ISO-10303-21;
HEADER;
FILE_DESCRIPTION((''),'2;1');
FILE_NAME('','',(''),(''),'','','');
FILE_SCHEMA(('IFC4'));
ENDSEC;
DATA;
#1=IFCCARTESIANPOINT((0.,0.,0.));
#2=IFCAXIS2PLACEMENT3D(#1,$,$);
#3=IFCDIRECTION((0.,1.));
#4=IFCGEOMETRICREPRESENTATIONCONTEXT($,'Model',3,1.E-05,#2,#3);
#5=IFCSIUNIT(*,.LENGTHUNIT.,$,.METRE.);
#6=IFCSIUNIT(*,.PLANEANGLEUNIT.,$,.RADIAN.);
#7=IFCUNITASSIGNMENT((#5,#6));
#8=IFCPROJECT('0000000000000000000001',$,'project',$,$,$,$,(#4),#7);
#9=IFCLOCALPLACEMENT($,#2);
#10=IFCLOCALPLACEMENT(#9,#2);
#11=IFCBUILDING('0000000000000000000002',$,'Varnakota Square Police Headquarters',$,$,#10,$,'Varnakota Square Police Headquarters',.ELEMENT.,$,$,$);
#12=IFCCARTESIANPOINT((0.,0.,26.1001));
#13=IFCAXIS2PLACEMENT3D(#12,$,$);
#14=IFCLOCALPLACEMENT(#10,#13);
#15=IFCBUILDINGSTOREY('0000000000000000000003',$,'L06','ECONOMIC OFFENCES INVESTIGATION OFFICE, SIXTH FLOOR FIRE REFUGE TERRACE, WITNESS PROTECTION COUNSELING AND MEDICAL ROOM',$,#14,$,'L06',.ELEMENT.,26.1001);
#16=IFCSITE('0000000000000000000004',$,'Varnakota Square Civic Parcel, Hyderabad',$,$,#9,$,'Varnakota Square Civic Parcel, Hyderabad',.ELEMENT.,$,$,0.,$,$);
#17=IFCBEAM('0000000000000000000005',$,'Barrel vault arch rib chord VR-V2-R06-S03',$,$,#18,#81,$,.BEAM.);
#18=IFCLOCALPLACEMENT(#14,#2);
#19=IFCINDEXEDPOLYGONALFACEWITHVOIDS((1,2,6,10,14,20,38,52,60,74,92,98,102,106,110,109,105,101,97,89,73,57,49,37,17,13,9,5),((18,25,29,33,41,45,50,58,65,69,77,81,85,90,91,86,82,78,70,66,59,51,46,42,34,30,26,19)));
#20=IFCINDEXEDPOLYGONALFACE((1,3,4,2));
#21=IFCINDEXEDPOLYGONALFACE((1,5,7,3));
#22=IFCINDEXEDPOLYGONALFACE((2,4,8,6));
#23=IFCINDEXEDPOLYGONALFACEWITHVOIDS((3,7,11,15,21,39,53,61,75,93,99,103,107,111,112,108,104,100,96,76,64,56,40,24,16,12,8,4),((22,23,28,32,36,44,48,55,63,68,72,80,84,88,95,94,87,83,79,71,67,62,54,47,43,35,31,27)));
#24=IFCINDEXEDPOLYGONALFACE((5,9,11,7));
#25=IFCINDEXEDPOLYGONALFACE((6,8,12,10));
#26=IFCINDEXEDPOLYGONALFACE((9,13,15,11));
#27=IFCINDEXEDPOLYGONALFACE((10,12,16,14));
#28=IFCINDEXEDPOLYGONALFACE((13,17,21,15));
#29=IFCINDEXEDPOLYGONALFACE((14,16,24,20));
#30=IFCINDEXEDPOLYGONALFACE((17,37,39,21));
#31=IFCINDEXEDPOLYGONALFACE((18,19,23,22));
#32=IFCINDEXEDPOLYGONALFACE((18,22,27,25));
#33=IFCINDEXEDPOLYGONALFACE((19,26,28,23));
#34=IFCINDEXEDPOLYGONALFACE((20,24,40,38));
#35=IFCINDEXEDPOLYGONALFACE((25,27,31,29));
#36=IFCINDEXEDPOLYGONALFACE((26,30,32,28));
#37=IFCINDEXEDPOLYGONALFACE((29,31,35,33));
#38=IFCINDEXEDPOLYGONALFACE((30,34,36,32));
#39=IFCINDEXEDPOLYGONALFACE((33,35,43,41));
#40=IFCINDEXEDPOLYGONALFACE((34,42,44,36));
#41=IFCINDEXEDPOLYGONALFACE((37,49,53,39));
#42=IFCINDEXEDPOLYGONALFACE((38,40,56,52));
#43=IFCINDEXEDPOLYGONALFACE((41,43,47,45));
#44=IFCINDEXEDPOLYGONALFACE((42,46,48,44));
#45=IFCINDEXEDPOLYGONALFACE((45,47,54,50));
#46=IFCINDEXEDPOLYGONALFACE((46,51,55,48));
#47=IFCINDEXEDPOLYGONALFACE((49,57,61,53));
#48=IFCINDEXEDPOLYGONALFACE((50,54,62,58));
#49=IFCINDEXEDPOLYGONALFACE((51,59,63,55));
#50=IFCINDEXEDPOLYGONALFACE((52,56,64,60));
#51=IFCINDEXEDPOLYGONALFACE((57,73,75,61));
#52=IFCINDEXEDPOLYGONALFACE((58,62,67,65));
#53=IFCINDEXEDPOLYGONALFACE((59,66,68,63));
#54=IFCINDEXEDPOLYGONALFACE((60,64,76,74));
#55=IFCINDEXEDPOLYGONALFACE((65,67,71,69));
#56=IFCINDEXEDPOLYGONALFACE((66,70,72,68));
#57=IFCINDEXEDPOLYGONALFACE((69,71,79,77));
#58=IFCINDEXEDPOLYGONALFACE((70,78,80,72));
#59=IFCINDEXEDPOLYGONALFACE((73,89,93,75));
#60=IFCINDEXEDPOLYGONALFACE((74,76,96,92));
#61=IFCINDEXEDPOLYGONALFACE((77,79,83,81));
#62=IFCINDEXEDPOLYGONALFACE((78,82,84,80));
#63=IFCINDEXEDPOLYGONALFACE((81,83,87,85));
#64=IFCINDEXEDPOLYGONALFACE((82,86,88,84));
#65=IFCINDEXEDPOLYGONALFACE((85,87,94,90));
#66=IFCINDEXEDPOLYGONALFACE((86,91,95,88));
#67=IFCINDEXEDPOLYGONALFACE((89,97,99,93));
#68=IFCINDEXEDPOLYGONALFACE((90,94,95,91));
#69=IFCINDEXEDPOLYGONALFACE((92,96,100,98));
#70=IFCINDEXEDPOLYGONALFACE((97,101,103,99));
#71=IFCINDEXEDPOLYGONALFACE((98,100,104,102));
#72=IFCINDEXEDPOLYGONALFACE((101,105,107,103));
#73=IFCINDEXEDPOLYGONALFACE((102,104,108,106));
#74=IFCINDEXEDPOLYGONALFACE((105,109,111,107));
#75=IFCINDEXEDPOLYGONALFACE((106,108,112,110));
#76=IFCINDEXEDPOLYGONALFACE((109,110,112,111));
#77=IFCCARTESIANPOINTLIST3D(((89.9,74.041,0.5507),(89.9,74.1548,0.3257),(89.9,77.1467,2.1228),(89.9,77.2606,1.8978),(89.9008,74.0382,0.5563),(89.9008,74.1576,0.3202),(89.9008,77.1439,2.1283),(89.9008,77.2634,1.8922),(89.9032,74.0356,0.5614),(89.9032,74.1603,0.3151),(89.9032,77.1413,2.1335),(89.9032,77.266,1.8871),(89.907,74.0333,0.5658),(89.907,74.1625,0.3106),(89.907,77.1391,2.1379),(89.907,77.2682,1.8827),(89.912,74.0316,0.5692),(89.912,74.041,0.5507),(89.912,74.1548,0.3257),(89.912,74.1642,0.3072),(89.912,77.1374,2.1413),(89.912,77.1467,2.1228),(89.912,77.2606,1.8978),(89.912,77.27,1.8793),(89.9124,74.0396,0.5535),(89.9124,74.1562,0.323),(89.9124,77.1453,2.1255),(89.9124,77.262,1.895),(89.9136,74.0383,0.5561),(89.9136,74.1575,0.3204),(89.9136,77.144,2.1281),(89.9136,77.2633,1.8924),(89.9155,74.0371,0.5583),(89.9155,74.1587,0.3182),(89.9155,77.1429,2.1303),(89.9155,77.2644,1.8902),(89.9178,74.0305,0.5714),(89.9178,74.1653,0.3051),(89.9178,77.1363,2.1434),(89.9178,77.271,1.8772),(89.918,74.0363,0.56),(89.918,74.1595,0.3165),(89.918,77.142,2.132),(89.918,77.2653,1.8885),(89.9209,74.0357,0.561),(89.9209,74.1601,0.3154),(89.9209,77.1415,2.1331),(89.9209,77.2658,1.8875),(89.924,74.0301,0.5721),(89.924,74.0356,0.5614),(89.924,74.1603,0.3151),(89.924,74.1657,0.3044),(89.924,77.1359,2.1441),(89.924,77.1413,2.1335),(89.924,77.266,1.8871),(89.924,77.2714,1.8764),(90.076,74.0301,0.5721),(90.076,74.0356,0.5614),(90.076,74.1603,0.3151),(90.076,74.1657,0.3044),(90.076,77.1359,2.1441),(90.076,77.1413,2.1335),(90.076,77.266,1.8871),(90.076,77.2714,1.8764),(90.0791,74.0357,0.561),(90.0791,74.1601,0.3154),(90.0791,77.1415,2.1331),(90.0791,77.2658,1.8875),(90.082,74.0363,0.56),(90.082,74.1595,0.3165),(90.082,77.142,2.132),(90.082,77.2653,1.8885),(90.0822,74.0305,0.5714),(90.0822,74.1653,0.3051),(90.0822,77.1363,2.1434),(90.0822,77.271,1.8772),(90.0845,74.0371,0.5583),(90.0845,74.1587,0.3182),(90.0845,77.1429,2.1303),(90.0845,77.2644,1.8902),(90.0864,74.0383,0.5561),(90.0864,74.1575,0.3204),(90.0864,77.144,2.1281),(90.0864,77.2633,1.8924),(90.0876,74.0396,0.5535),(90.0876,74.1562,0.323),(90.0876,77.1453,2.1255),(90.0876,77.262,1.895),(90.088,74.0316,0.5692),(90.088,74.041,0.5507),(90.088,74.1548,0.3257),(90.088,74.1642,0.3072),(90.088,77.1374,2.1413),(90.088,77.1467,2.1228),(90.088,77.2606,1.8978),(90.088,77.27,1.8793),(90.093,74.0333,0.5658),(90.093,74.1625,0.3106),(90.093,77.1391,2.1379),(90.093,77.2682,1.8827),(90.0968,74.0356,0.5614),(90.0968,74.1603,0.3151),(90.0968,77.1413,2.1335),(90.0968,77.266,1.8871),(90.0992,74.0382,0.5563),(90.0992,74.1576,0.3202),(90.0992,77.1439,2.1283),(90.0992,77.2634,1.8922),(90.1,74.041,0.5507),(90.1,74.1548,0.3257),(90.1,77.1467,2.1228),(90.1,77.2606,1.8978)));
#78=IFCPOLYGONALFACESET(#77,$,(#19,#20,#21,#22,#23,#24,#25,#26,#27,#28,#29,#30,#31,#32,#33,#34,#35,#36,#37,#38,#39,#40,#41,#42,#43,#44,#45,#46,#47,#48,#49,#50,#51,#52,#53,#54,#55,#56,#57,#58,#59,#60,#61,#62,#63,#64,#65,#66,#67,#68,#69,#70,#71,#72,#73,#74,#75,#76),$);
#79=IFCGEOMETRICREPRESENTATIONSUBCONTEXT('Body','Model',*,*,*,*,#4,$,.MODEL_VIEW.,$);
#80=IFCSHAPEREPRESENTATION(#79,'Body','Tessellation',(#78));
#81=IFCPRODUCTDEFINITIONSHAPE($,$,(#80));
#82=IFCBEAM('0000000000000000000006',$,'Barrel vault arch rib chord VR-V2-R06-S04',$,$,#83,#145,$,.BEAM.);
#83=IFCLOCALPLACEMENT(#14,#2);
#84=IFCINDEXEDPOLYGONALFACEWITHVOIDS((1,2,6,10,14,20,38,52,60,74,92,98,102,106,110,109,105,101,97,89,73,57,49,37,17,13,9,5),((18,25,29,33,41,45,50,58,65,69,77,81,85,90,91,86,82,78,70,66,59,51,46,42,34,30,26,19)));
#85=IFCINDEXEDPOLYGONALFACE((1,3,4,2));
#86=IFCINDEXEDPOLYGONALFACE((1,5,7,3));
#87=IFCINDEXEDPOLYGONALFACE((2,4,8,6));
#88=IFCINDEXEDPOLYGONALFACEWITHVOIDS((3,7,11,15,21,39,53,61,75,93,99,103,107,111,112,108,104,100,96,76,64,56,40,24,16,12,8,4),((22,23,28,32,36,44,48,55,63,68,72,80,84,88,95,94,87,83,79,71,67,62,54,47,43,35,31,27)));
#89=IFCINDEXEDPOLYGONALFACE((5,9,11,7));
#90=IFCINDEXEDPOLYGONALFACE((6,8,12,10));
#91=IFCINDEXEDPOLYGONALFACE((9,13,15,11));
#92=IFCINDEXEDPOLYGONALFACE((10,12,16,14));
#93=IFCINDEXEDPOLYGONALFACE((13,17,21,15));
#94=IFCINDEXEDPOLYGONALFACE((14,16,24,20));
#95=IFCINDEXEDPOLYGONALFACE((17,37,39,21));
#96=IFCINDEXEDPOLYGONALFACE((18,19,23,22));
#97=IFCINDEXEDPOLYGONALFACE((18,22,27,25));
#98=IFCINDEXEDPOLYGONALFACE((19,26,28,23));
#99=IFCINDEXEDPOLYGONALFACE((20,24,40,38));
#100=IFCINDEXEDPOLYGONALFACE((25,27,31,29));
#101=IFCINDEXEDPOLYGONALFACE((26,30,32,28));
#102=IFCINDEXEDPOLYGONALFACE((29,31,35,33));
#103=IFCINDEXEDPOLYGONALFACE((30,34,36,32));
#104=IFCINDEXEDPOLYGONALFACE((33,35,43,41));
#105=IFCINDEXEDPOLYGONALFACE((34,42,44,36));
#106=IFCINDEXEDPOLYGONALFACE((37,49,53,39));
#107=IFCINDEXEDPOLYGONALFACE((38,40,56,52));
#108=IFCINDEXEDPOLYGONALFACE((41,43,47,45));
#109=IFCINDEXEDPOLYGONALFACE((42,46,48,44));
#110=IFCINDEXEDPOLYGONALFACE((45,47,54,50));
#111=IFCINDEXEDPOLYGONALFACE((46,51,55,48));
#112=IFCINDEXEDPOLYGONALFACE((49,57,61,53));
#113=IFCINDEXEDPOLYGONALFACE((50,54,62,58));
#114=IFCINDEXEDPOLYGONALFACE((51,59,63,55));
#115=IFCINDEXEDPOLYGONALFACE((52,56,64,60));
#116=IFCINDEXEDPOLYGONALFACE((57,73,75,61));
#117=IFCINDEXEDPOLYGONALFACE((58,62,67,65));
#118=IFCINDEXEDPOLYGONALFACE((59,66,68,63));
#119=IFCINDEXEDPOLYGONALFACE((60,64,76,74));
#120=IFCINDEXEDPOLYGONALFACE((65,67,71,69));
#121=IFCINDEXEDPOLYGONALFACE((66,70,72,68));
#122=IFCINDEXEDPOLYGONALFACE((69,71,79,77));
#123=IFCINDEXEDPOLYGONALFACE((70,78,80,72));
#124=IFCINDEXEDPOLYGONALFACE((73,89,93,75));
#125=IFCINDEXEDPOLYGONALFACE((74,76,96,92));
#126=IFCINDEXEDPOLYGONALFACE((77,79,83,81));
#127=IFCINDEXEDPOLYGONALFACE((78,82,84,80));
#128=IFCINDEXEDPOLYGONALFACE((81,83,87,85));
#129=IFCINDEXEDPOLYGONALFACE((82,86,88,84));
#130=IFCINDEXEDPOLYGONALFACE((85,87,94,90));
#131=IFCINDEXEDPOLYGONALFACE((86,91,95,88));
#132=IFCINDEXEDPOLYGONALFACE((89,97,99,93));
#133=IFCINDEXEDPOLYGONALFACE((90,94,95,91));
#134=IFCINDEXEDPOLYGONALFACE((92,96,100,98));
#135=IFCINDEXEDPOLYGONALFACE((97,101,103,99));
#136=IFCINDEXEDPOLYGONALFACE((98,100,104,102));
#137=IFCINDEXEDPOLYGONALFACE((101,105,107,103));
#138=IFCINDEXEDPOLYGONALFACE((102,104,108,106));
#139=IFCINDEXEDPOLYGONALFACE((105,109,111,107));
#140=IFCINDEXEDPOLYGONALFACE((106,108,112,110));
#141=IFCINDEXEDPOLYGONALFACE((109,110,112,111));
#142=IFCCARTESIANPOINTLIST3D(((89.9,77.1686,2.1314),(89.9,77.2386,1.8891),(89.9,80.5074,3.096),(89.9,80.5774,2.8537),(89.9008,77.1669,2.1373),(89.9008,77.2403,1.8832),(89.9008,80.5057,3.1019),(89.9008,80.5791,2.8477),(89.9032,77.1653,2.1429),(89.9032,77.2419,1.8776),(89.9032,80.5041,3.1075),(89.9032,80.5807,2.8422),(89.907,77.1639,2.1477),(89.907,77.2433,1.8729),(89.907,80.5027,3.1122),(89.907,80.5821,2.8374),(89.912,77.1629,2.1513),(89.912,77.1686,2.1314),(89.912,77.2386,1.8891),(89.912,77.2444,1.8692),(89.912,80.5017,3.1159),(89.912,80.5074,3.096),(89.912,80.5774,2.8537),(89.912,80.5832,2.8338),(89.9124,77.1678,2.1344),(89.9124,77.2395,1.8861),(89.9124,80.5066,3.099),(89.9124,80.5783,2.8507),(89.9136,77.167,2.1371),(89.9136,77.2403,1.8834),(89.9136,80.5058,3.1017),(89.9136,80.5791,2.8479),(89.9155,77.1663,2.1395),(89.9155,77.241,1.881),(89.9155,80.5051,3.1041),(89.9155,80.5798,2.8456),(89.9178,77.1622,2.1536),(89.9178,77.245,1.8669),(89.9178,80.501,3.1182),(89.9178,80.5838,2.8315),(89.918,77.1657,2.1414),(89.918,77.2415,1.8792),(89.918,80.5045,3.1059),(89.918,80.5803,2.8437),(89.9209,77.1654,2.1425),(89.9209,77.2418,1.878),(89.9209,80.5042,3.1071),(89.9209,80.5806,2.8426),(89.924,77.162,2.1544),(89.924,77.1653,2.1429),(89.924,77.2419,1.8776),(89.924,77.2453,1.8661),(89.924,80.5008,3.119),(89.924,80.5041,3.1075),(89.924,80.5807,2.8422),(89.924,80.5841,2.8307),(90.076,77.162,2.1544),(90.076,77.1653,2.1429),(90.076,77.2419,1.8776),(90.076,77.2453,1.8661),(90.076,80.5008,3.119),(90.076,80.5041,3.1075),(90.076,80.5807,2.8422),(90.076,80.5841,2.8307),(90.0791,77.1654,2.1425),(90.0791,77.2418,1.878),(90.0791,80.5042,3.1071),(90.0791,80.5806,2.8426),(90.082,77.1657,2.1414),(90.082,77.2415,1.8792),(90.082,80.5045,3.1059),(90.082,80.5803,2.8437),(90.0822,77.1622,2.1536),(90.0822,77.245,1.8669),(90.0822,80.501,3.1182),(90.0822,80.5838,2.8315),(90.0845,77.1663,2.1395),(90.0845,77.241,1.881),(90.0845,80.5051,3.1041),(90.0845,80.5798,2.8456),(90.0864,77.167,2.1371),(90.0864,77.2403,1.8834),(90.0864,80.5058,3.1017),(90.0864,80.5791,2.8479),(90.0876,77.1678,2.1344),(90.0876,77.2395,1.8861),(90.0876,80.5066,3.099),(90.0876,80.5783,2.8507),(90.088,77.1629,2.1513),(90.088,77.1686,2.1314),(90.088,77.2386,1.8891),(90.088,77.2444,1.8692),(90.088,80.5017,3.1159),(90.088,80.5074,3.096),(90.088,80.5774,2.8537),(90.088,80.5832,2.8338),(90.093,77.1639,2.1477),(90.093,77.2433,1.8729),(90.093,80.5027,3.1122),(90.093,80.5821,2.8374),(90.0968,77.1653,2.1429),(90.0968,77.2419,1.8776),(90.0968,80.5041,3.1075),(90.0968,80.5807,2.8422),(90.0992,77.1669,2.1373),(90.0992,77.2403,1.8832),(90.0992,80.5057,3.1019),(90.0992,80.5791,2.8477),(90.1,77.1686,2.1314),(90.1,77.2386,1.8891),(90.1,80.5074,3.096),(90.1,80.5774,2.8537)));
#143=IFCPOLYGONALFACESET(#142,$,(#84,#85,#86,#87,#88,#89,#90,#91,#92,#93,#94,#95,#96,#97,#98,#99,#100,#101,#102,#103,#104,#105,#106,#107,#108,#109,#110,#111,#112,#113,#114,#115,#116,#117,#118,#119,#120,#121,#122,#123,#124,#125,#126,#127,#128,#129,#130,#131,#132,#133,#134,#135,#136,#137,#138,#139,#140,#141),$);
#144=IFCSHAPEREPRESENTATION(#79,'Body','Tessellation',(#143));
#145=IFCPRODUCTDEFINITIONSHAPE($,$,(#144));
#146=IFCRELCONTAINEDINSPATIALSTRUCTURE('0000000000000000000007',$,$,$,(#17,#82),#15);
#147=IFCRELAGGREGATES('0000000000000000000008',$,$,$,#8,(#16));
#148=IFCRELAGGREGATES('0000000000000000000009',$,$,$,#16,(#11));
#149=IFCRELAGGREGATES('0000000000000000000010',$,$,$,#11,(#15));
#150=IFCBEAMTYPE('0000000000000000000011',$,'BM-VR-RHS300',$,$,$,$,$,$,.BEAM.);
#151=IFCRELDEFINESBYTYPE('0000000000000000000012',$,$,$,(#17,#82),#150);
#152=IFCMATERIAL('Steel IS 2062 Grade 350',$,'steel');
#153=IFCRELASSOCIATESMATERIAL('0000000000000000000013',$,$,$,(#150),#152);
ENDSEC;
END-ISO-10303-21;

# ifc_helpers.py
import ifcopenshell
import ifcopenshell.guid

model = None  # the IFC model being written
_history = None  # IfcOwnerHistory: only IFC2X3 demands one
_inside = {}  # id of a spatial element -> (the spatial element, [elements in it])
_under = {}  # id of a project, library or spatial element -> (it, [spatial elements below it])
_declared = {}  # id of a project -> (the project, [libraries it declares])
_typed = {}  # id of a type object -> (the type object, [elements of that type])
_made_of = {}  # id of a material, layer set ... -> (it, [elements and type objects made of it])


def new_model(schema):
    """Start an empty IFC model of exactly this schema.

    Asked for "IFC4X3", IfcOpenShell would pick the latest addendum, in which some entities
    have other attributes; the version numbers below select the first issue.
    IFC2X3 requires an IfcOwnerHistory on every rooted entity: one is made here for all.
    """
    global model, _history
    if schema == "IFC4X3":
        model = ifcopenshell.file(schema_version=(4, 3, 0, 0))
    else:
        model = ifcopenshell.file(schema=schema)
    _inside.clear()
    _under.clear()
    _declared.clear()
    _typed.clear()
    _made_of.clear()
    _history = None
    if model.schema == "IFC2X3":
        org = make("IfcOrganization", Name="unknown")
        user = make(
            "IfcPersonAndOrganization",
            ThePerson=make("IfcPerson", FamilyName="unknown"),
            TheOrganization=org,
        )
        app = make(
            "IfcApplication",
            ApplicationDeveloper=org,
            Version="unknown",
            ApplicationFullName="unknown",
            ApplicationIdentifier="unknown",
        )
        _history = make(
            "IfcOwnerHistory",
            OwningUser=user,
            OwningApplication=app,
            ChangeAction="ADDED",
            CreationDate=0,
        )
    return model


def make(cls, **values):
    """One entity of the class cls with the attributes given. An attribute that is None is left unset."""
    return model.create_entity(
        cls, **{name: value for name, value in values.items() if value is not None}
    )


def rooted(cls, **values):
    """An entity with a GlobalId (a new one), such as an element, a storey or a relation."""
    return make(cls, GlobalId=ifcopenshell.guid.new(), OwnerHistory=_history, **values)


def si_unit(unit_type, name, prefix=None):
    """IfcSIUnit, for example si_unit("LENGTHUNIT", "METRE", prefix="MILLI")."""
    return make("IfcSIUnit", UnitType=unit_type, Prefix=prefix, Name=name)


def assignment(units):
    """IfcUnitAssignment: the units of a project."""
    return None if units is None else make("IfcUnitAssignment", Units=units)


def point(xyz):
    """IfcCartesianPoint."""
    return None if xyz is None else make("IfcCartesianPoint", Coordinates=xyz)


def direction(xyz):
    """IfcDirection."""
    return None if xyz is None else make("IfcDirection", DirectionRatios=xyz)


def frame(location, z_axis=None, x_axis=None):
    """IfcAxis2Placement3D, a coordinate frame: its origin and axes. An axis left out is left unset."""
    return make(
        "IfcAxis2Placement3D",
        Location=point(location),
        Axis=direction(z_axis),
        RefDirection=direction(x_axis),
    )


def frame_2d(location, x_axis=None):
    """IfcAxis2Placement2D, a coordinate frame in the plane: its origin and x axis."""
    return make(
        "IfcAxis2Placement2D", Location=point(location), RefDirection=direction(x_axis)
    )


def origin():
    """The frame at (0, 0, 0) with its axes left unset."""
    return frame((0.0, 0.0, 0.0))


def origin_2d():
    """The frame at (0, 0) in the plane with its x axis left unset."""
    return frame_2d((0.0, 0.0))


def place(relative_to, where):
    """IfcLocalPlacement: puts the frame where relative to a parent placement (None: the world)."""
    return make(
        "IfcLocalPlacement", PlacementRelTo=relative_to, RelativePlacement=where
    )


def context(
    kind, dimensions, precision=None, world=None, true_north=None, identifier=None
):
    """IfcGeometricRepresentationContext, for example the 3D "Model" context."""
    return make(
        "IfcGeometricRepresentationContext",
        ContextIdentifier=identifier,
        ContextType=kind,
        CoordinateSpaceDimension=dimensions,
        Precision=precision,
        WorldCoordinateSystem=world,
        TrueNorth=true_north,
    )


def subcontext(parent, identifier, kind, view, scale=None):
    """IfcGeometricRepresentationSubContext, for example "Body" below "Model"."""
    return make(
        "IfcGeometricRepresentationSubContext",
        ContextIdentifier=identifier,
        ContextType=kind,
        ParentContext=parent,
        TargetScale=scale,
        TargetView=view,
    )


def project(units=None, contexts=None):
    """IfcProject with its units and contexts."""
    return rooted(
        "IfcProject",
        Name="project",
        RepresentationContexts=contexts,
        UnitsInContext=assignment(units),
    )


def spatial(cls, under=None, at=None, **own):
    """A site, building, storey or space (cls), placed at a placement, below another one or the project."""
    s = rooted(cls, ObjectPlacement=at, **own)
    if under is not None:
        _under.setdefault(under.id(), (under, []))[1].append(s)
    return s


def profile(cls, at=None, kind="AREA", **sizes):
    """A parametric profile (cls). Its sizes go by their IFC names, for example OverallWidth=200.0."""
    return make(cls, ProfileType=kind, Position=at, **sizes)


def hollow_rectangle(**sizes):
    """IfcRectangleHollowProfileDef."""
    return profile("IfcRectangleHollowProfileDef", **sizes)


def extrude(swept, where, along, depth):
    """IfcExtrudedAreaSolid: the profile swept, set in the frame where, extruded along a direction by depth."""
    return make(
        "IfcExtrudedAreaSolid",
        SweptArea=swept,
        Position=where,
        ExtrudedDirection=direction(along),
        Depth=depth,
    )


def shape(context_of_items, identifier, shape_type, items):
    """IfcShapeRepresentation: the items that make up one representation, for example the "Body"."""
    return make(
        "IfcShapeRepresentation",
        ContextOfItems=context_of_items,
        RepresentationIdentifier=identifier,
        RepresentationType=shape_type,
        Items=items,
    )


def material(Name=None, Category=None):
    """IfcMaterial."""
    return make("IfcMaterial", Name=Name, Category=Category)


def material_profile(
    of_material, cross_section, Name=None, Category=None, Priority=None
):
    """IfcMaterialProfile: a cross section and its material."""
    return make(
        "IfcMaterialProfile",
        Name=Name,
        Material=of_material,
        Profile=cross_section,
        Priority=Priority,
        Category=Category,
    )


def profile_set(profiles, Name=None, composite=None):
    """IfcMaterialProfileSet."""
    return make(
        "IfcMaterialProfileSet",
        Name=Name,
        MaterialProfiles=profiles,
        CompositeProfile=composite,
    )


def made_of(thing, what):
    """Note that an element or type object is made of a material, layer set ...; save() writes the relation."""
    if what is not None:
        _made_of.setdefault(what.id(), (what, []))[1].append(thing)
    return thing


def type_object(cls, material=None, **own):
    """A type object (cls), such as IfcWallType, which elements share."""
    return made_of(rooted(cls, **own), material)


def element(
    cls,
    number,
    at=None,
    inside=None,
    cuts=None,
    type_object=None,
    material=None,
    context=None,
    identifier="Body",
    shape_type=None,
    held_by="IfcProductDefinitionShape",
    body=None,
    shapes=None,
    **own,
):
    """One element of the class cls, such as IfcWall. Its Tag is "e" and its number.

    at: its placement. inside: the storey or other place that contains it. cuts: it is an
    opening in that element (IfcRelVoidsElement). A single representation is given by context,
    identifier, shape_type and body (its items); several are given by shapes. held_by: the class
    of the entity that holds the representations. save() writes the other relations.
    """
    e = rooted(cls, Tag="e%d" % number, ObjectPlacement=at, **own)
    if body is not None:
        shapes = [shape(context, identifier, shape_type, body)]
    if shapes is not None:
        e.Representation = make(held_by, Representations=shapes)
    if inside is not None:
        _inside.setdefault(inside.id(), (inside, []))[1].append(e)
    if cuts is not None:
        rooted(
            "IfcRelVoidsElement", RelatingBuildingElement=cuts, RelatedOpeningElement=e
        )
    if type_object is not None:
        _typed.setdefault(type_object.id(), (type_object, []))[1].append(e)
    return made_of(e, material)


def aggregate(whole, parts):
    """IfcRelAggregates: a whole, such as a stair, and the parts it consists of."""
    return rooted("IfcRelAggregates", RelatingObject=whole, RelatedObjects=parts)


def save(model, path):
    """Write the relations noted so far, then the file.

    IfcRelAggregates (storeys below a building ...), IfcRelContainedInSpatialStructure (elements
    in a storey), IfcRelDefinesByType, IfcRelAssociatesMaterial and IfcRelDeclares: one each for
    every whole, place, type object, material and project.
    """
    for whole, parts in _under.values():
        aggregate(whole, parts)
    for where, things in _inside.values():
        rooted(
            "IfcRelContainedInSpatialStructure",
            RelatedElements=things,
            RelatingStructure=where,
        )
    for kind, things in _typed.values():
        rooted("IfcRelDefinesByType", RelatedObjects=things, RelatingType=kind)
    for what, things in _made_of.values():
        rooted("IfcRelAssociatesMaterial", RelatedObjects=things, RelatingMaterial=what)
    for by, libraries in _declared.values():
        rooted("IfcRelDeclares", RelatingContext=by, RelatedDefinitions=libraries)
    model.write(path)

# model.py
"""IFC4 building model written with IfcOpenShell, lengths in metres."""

from ifc_helpers import new_model, si_unit, direction, frame, origin, origin_2d, place, context, subcontext, project, spatial, hollow_rectangle, extrude, material, material_profile, profile_set, type_object, element, save


model = new_model("IFC4")

# Units and contexts
model_context = context("Model", 3, precision=1e-05, world=origin(), true_north=direction((0.0, 1.0)))
body_context = subcontext(model_context, "Body", "Model", "MODEL_VIEW")
ifc_project = project(units=[si_unit("LENGTHUNIT", "METRE"), si_unit("PLANEANGLEUNIT", "RADIAN")], contexts=[model_context])

# Site, building, storey
site_placement = place(None, origin())
site = spatial("IfcSite", under=ifc_project, at=site_placement, Name="Varnakota Square Civic Parcel, Hyderabad", LongName="Varnakota Square Civic Parcel, Hyderabad", CompositionType="ELEMENT", RefElevation=0.0)
building_placement = place(site_placement, origin())
building = spatial("IfcBuilding", under=site, at=building_placement, Name="Varnakota Square Police Headquarters", LongName="Varnakota Square Police Headquarters", CompositionType="ELEMENT")
storey_placement = place(building_placement, frame((0.0, 0.0, 26.1001)))
storey = spatial("IfcBuildingStorey", under=building, at=storey_placement, Name="L06", Description="ECONOMIC OFFENCES INVESTIGATION OFFICE, SIXTH FLOOR FIRE REFUGE TERRACE, WITNESS PROTECTION COUNSELING AND MEDICAL ROOM", LongName="L06", CompositionType="ELEMENT", Elevation=26.1001)

# Beams
ifc_material_1 = material(Name="Steel IS 2062 Grade 350", Category="steel")
ifc_material_profile_1 = material_profile(ifc_material_1, hollow_rectangle(XDim=0.2, YDim=0.3, WallThickness=0.012, InnerFilletRadius=0.012, OuterFilletRadius=0.0239, at=origin_2d()), Name="RHS 300x200x12")
ifc_profile_set_1 = profile_set([ifc_material_profile_1], Name="Steel IS 2062 Grade 350")
beam_type = type_object("IfcBeamType", Name="BM-VR-RHS300", PredefinedType="BEAM", material=ifc_profile_set_1)
beam_1_placement = place(storey_placement, frame((90.0, 74.0979, 0.4382), z_axis=(0.0, 0.892214, 0.451613), x_axis=(-1.0, 0.0, 0.0)))
element("IfcBeam", 1, at=beam_1_placement, inside=storey, type_object=beam_type, Name="Barrel vault arch rib chord VR-V2-R06-S03", PredefinedType="BEAM", context=body_context, shape_type="SweptSolid", body=[
    extrude(hollow_rectangle(XDim=0.2, YDim=0.3, WallThickness=0.012, InnerFilletRadius=0.012, OuterFilletRadius=0.0239, at=origin_2d()), origin(), (0.0, 0.0, 1.0), 3.481),
])
beam_2_placement = place(storey_placement, frame((90.0, 77.2036, 2.0103), z_axis=(0.0, 0.960711, 0.27755), x_axis=(-1.0, 0.0, 0.0)))
element("IfcBeam", 2, at=beam_2_placement, inside=storey, type_object=beam_type, Name="Barrel vault arch rib chord VR-V2-R06-S04", PredefinedType="BEAM", context=body_context, shape_type="SweptSolid", body=[
    extrude(hollow_rectangle(XDim=0.2, YDim=0.3, WallThickness=0.012, InnerFilletRadius=0.012, OuterFilletRadius=0.0239, at=origin_2d()), origin(), (0.0, 0.0, 1.0), 3.4753),
])

save(model, "model.ifc")
